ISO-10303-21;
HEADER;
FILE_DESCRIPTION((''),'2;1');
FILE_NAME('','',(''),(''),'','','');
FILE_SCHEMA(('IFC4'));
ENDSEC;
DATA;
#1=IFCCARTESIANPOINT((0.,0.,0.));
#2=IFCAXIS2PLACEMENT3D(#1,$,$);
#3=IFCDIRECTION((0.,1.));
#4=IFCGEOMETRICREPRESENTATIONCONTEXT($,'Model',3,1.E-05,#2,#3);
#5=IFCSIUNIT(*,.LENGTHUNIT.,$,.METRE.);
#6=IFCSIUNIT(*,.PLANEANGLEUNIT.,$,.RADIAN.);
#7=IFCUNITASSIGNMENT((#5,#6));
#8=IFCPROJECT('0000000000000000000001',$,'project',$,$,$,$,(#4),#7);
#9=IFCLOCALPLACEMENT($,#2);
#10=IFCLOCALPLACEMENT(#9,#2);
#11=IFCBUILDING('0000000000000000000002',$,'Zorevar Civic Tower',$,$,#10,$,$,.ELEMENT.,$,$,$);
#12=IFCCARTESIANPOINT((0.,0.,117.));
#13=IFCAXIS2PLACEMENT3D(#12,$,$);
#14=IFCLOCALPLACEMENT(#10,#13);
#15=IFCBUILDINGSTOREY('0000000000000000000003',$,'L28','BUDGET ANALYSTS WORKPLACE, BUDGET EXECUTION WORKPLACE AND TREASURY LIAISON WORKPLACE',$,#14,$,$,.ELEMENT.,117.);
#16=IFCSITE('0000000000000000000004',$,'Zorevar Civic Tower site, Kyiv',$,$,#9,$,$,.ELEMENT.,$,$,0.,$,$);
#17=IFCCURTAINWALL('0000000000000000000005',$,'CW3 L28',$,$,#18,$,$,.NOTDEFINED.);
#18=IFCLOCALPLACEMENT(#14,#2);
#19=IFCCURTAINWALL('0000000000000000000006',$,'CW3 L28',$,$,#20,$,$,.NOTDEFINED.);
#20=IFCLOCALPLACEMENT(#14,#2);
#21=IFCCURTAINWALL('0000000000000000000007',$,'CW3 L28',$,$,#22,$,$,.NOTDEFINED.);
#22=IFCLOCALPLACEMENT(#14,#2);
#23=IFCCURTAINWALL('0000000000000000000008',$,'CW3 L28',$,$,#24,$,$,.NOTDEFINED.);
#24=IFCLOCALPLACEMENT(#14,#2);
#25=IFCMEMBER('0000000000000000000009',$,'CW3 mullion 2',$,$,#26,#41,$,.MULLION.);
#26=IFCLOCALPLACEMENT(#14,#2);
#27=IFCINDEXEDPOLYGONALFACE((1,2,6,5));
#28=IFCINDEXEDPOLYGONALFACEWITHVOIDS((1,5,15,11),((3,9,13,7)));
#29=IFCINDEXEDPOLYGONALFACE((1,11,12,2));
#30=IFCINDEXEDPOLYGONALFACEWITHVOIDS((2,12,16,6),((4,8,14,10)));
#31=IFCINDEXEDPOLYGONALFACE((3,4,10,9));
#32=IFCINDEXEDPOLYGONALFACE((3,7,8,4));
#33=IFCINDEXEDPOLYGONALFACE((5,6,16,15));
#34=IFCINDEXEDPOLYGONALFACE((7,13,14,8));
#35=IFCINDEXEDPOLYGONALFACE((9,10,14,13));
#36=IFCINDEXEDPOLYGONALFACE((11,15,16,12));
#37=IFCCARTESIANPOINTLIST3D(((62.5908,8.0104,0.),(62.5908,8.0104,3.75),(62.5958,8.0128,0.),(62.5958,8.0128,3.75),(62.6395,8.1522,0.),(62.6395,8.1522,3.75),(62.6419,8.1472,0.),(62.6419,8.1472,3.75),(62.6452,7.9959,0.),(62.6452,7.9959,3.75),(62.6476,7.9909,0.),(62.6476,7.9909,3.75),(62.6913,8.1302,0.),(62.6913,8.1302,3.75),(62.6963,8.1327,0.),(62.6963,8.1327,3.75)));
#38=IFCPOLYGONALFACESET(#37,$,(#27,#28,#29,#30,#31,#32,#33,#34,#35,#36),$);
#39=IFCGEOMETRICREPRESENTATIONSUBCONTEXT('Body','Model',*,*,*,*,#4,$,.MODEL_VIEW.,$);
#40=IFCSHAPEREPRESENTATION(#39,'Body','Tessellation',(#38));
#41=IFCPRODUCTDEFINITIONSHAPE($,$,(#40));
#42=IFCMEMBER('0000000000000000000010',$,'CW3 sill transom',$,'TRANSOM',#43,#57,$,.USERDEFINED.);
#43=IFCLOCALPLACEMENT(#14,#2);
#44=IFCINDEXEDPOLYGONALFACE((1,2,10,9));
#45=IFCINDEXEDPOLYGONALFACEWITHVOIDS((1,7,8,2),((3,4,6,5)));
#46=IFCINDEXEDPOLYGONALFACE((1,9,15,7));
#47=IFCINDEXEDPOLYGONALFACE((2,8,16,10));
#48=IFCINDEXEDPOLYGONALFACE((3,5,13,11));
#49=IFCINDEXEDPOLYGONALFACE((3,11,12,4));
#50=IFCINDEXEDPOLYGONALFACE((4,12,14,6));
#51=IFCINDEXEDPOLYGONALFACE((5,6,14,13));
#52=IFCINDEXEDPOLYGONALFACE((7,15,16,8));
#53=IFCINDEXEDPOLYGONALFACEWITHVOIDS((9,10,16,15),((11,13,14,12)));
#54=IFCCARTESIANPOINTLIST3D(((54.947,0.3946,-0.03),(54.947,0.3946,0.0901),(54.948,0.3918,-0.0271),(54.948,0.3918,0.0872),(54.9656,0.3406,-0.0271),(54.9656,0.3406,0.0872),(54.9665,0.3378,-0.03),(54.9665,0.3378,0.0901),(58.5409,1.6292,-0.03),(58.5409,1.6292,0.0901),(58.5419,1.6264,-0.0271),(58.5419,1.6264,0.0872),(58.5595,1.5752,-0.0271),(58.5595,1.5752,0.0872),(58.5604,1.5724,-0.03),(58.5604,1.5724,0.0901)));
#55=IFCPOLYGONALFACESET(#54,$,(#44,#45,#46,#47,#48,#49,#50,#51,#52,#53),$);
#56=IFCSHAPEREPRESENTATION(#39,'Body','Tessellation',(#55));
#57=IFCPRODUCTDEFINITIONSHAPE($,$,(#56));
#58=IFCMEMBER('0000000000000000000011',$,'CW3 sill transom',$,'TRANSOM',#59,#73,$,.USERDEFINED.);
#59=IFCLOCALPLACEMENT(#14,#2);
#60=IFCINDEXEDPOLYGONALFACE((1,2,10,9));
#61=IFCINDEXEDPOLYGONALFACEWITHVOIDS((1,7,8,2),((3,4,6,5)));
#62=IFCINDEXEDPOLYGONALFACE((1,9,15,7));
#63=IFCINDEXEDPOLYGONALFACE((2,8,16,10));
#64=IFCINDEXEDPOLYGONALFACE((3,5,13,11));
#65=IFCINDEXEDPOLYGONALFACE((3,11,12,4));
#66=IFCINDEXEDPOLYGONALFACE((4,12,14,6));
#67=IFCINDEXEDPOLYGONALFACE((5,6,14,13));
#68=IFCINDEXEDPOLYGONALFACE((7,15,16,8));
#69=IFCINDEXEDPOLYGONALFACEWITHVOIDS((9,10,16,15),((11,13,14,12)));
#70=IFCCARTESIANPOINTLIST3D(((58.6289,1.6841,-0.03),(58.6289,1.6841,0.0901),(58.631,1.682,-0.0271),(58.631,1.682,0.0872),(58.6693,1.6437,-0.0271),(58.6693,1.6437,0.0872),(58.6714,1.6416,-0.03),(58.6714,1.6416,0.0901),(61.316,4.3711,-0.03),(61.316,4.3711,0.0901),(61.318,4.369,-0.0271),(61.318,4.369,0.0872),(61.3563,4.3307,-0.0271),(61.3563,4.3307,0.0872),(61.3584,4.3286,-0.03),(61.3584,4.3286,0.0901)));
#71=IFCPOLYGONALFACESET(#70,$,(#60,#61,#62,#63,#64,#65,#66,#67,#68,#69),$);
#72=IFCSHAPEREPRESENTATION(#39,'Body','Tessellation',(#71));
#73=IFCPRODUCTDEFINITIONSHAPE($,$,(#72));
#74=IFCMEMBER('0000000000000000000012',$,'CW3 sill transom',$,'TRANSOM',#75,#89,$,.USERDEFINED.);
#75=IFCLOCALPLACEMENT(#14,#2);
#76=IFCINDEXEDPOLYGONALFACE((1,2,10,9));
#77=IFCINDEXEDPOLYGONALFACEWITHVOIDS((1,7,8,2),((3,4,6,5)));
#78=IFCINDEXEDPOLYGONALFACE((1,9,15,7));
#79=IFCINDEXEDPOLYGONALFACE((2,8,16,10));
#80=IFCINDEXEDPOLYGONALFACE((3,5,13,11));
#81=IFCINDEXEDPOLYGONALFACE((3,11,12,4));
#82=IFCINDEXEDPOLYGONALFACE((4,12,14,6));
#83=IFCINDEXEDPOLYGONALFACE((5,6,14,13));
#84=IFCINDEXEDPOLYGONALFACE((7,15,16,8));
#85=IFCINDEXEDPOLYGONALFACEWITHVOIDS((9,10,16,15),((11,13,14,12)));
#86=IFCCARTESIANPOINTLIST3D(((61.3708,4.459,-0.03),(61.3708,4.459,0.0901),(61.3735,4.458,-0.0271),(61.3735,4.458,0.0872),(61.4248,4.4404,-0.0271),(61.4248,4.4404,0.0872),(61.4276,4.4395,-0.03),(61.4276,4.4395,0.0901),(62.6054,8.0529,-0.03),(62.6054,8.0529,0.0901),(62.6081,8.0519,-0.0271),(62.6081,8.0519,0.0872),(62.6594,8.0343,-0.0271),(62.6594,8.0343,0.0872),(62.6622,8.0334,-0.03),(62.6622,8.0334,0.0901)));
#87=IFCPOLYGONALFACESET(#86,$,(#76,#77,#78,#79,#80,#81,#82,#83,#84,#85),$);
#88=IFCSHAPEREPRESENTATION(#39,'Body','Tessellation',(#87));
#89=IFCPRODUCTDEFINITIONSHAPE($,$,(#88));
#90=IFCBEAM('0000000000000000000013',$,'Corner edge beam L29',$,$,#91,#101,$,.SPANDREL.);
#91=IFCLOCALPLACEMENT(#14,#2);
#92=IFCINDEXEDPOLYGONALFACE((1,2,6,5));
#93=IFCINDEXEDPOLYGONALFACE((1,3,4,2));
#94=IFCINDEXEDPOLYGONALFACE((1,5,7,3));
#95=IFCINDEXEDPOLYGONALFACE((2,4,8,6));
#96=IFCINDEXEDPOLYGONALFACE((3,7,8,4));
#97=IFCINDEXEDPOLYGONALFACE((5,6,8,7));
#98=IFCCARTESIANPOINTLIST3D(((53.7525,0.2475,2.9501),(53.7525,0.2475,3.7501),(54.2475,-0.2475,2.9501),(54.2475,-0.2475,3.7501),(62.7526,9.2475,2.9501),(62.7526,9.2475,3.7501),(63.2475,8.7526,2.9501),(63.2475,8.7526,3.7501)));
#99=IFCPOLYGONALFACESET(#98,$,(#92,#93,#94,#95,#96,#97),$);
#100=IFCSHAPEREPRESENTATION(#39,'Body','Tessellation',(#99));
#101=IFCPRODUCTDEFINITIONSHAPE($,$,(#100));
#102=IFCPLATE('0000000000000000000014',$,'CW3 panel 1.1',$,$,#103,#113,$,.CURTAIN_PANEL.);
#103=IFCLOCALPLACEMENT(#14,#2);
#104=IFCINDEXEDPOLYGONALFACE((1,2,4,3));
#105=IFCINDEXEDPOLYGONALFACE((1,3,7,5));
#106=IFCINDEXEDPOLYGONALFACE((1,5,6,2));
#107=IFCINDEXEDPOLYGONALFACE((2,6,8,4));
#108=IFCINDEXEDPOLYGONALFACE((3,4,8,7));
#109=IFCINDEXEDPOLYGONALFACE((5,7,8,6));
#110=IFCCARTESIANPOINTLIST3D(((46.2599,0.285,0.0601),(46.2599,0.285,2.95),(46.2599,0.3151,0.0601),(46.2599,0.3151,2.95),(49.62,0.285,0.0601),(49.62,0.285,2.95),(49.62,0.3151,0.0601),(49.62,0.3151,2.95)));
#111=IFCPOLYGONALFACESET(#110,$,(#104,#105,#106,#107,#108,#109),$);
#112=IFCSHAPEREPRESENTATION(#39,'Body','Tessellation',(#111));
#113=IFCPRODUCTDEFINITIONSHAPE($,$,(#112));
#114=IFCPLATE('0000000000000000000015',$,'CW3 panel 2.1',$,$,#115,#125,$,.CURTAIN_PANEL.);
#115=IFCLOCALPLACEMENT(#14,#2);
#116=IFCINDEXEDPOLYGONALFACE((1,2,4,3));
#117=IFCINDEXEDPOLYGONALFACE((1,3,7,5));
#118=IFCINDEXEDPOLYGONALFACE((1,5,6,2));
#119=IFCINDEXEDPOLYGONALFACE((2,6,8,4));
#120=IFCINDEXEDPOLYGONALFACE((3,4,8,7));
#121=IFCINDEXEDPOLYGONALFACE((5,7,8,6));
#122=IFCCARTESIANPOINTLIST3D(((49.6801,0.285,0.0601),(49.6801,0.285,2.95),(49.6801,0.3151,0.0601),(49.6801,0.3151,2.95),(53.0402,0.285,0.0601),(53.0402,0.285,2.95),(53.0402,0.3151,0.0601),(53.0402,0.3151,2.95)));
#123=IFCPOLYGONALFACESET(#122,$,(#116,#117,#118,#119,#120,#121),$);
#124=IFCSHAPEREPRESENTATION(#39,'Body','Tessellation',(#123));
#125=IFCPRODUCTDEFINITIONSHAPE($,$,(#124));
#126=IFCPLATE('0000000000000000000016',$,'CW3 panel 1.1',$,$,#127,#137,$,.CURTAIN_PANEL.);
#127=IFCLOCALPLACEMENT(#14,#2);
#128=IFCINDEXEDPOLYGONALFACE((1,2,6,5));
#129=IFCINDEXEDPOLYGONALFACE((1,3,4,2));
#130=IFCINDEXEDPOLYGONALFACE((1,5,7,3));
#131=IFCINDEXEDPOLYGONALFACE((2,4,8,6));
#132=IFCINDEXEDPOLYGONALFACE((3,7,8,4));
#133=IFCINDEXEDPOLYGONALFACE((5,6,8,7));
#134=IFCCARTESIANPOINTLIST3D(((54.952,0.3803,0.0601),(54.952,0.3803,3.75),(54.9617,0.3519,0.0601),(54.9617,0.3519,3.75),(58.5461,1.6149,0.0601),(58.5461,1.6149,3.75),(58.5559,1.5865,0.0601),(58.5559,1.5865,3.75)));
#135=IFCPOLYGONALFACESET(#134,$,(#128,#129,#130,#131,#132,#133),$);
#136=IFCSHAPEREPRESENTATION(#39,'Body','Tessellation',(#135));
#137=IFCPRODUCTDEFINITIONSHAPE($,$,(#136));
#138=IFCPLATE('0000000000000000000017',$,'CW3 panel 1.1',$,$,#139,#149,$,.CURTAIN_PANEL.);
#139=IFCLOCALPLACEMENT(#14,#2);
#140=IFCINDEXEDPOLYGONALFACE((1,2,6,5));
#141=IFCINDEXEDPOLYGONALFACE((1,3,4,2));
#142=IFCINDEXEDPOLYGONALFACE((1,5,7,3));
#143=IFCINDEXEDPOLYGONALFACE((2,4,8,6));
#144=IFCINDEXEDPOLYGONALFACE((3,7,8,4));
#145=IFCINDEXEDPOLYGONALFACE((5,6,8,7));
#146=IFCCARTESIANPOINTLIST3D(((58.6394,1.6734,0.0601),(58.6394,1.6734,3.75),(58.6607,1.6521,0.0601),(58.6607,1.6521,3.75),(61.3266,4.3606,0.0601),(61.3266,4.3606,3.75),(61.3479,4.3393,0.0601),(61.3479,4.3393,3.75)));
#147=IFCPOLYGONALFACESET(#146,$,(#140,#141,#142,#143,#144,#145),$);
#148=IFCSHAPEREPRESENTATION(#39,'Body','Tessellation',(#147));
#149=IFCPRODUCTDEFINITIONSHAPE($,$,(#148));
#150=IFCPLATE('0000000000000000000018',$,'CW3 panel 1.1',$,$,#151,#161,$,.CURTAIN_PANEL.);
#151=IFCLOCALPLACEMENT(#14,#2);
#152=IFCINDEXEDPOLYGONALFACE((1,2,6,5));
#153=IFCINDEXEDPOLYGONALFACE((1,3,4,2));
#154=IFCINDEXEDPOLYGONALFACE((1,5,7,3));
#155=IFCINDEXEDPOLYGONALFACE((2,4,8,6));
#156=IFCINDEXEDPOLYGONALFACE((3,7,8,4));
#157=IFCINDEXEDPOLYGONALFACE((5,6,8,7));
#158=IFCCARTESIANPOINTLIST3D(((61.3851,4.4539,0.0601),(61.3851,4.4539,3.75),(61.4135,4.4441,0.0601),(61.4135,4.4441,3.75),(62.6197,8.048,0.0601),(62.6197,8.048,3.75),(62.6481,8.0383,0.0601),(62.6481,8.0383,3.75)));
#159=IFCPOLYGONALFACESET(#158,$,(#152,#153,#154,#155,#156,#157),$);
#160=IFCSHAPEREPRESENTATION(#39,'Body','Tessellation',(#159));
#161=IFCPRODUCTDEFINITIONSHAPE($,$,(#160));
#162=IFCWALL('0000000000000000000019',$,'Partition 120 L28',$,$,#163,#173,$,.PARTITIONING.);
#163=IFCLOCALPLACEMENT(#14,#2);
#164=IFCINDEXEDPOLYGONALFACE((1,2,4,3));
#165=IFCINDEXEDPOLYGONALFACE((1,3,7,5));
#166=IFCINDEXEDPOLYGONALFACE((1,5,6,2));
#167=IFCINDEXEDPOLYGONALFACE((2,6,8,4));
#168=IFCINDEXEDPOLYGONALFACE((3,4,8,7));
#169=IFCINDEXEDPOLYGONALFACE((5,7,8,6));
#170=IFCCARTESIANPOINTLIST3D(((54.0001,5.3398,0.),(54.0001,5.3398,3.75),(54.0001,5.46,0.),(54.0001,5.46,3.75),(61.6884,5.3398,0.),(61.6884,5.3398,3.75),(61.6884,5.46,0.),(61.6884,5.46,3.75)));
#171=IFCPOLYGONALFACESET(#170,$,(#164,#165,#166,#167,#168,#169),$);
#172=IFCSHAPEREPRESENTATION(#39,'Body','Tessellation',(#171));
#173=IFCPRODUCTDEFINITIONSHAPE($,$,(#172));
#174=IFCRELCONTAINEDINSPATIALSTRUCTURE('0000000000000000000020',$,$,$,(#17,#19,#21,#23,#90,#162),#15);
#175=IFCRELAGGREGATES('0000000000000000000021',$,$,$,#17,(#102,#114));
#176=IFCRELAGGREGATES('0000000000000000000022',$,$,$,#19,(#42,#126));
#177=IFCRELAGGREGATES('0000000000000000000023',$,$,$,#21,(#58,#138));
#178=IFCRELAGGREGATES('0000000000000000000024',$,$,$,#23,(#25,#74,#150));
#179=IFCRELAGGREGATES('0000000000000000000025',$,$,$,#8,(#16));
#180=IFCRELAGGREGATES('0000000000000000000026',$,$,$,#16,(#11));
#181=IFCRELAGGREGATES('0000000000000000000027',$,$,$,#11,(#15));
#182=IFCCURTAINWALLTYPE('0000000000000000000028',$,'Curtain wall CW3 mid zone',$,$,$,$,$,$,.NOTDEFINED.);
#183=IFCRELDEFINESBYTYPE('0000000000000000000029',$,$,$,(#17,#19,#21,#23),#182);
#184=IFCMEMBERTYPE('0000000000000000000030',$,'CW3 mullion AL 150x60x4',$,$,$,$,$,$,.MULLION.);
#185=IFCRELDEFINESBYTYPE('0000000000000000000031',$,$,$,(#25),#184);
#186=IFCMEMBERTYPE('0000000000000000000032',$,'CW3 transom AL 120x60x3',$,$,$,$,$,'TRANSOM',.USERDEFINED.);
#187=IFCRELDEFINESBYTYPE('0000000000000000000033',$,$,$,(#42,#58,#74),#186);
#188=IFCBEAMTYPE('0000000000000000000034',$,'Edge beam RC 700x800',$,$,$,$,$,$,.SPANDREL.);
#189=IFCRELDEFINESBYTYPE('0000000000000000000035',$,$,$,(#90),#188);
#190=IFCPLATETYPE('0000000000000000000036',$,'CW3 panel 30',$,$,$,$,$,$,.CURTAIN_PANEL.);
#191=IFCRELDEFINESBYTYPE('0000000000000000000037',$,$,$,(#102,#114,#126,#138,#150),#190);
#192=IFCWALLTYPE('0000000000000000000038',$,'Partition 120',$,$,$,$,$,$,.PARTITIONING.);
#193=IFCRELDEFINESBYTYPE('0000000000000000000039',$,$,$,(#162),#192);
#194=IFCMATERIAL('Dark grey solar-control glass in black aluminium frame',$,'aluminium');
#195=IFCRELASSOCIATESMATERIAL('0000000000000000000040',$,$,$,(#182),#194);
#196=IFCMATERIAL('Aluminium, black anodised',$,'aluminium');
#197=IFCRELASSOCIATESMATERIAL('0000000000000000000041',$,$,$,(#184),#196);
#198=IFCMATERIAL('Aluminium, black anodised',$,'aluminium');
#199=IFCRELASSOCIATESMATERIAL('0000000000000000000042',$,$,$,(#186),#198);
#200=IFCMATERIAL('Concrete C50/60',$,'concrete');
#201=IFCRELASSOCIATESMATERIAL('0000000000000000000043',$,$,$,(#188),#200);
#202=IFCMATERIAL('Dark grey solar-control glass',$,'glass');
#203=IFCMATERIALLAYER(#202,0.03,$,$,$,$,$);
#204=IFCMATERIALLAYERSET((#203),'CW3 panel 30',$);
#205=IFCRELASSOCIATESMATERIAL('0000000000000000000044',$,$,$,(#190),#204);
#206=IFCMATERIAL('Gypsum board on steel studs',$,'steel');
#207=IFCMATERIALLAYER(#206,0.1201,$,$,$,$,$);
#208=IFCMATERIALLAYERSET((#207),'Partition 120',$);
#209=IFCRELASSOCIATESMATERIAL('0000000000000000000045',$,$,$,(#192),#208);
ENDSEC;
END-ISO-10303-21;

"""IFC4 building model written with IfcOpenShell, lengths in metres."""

from ifc_helpers import new_model, si_unit, direction, frame, frame_2d, origin, origin_2d, place, context, subcontext, project, spatial, rectangle, hollow_rectangle, extrude, material, layer, layer_set, material_profile, profile_set, type_object, element, aggregate, save


model = new_model("IFC4")

# Units and contexts
model_context = context("Model", 3, precision=1e-05, world=origin(), true_north=direction((0.0, 1.0)))
body_context = subcontext(model_context, "Body", "Model", "MODEL_VIEW")
ifc_project = project(units=[si_unit("LENGTHUNIT", "METRE"), si_unit("PLANEANGLEUNIT", "RADIAN")], contexts=[model_context])

# Site, building, storey
site_placement = place(None, origin())
site = spatial("IfcSite", under=ifc_project, at=site_placement, Name="Zorevar Civic Tower site, Kyiv", CompositionType="ELEMENT", RefElevation=0.0)
building_placement = place(site_placement, origin())
building = spatial("IfcBuilding", under=site, at=building_placement, Name="Zorevar Civic Tower", CompositionType="ELEMENT")
storey_placement = place(building_placement, frame((0.0, 0.0, 117.0)))
storey = spatial("IfcBuildingStorey", under=building, at=storey_placement, Name="L28", Description="BUDGET ANALYSTS WORKPLACE, BUDGET EXECUTION WORKPLACE AND TREASURY LIAISON WORKPLACE", CompositionType="ELEMENT", Elevation=117.0)

# Curtain walls, member
ifc_material_1 = material(Name="Dark grey solar-control glass in black aluminium frame", Category="aluminium")
curtain_wall_type = type_object("IfcCurtainWallType", Name="Curtain wall CW3 mid zone", PredefinedType="NOTDEFINED", material=ifc_material_1)
curtain_wall_1_placement = place(storey_placement, origin())
curtain_wall_1 = element("IfcCurtainWall", 1, at=curtain_wall_1_placement, inside=storey, type_object=curtain_wall_type, Name="CW3 L28", PredefinedType="NOTDEFINED")
ifc_material_2 = material(Name="Aluminium, black anodised", Category="aluminium")
ifc_material_profile_1 = material_profile(ifc_material_2, hollow_rectangle(XDim=0.0601, YDim=0.1499, WallThickness=0.0039, at=origin_2d()), Name="AL 150x60x4")
ifc_profile_set_1 = profile_set([ifc_material_profile_1], Name="Aluminium, black anodised")
member_type_1 = type_object("IfcMemberType", Name="CW3 mullion AL 150x60x4", PredefinedType="MULLION", material=ifc_profile_set_1)
curtain_wall_2_placement = place(storey_placement, origin())
curtain_wall_2 = element("IfcCurtainWall", 2, at=curtain_wall_2_placement, inside=storey, type_object=curtain_wall_type, Name="CW3 L28", PredefinedType="NOTDEFINED")
curtain_wall_3_placement = place(storey_placement, origin())
curtain_wall_3 = element("IfcCurtainWall", 3, at=curtain_wall_3_placement, inside=storey, type_object=curtain_wall_type, Name="CW3 L28", PredefinedType="NOTDEFINED")
curtain_wall_4_placement = place(storey_placement, origin())
curtain_wall_4 = element("IfcCurtainWall", 4, at=curtain_wall_4_placement, inside=storey, type_object=curtain_wall_type, Name="CW3 L28", PredefinedType="NOTDEFINED")
member_1_placement = place(storey_placement, frame((62.6436, 8.0715, 0.0), z_axis=(0.0, 0.0, 1.0), x_axis=(-0.945756, 0.324878, 0.0)))
member_1 = element("IfcMember", 5, at=member_1_placement, type_object=member_type_1, Name="CW3 mullion 2", PredefinedType="MULLION", context=body_context, shape_type="SweptSolid", body=[
    extrude(hollow_rectangle(XDim=0.0601, YDim=0.1499, WallThickness=0.0039, at=origin_2d()), origin(), (0.0, 0.0, 1.0), 3.75),
])

# Members
ifc_material_3 = material(Name="Aluminium, black anodised", Category="aluminium")
ifc_material_profile_2 = material_profile(ifc_material_3, hollow_rectangle(XDim=0.0601, YDim=0.1201, WallThickness=0.0029, at=origin_2d()), Name="AL 120x60x3")
ifc_profile_set_2 = profile_set([ifc_material_profile_2], Name="Aluminium, black anodised")
member_type_2 = type_object("IfcMemberType", Name="CW3 transom AL 120x60x3", ElementType="TRANSOM", PredefinedType="USERDEFINED", material=ifc_profile_set_2)
member_2_placement = place(storey_placement, frame((54.9568, 0.3662, 0.03), z_axis=(0.945753, 0.324888, 0.0), x_axis=(-0.324888, 0.945753, 0.0)))
member_2 = element("IfcMember", 6, at=member_2_placement, type_object=member_type_2, Name="CW3 sill transom", ObjectType="TRANSOM", PredefinedType="USERDEFINED", context=body_context, shape_type="SweptSolid", body=[
    extrude(hollow_rectangle(XDim=0.0601, YDim=0.1201, WallThickness=0.0029, at=origin_2d()), origin(), (0.0, 0.0, 1.0), 3.8),
])
member_3_placement = place(storey_placement, frame((58.6501, 1.6628, 0.03), z_axis=(0.707107, 0.707107, 0.0), x_axis=(-0.707107, 0.707107, 0.0)))
member_3 = element("IfcMember", 7, at=member_3_placement, type_object=member_type_2, Name="CW3 sill transom", ObjectType="TRANSOM", PredefinedType="USERDEFINED", context=body_context, shape_type="SweptSolid", body=[
    extrude(hollow_rectangle(XDim=0.0601, YDim=0.1201, WallThickness=0.0029, at=origin_2d()), origin(), (0.0, 0.0, 1.0), 3.8),
])
member_4_placement = place(storey_placement, frame((61.3992, 4.4492, 0.03), z_axis=(0.324888, 0.945753, 0.0), x_axis=(-0.945753, 0.324888, 0.0)))
member_4 = element("IfcMember", 8, at=member_4_placement, type_object=member_type_2, Name="CW3 sill transom", ObjectType="TRANSOM", PredefinedType="USERDEFINED", context=body_context, shape_type="SweptSolid", body=[
    extrude(hollow_rectangle(XDim=0.0601, YDim=0.1201, WallThickness=0.0029, at=origin_2d()), origin(), (0.0, 0.0, 1.0), 3.8),
])

# Beam
ifc_material_4 = material(Name="Concrete C50/60", Category="concrete")
ifc_material_profile_3 = material_profile(ifc_material_4, rectangle(XDim=0.7, YDim=0.8, at=origin_2d()), Name="RC 700x800")
ifc_profile_set_3 = profile_set([ifc_material_profile_3], Name="Concrete C50/60")
beam_type_1 = type_object("IfcBeamType", Name="Edge beam RC 700x800", PredefinedType="SPANDREL", material=ifc_profile_set_3)
beam_1_placement = place(storey_placement, frame((54.0, 0.0, 3.3501), z_axis=(0.707107, 0.707107, 0.0), x_axis=(-0.707107, 0.707107, 0.0)))
element("IfcBeam", 9, at=beam_1_placement, inside=storey, type_object=beam_type_1, Name="Corner edge beam L29", PredefinedType="SPANDREL", context=body_context, shape_type="SweptSolid", body=[
    extrude(rectangle(XDim=0.7, YDim=0.8, at=origin_2d()), origin(), (0.0, 0.0, 1.0), 12.728),
])

# Plates
ifc_material_5 = material(Name="Dark grey solar-control glass", Category="glass")
ifc_layer_1 = layer(ifc_material_5, 0.03)
ifc_layer_set_1 = layer_set([ifc_layer_1], Name="CW3 panel 30")
plate_type = type_object("IfcPlateType", Name="CW3 panel 30", PredefinedType="CURTAIN_PANEL", material=ifc_layer_set_1)
plate_1_placement = place(storey_placement, frame((47.9399, 0.3, 0.0601), z_axis=(0.0, 0.0, 1.0), x_axis=(1.0, 0.0, 0.0)))
plate_1 = element("IfcPlate", 10, at=plate_1_placement, type_object=plate_type, Name="CW3 panel 1.1", PredefinedType="CURTAIN_PANEL", context=body_context, shape_type="SweptSolid", body=[
    extrude(rectangle(XDim=3.3601, YDim=0.03, at=origin_2d()), origin(), (0.0, 0.0, 1.0), 2.8899),
])
plate_2_placement = place(storey_placement, frame((51.3601, 0.3, 0.0601), z_axis=(0.0, 0.0, 1.0), x_axis=(1.0, 0.0, 0.0)))
plate_2 = element("IfcPlate", 11, at=plate_2_placement, type_object=plate_type, Name="CW3 panel 2.1", PredefinedType="CURTAIN_PANEL", context=body_context, shape_type="SweptSolid", body=[
    extrude(rectangle(XDim=3.3601, YDim=0.03, at=origin_2d()), origin(), (0.0, 0.0, 1.0), 2.8899),
])
aggregate(curtain_wall_1, [plate_1, plate_2])
plate_3_placement = place(storey_placement, frame((56.7539, 0.9834, 0.0601), z_axis=(0.0, 0.0, 1.0), x_axis=(0.945756, 0.324878, 0.0)))
plate_3 = element("IfcPlate", 12, at=plate_3_placement, type_object=plate_type, Name="CW3 panel 1.1", PredefinedType="CURTAIN_PANEL", context=body_context, shape_type="SweptSolid", body=[
    extrude(rectangle(XDim=3.8003, YDim=0.03, at=origin_2d()), origin(), (0.0, 0.0, 1.0), 3.6899),
])
aggregate(curtain_wall_2, [member_2, plate_3])
plate_4_placement = place(storey_placement, frame((59.9937, 3.0063, 0.0601), z_axis=(0.0, 0.0, 1.0), x_axis=(0.707107, 0.707107, 0.0)))
plate_4 = element("IfcPlate", 13, at=plate_4_placement, type_object=plate_type, Name="CW3 panel 1.1", PredefinedType="CURTAIN_PANEL", context=body_context, shape_type="SweptSolid", body=[
    extrude(rectangle(XDim=3.8003, YDim=0.03, at=origin_2d()), origin(), (0.0, 0.0, 1.0), 3.6899),
])
aggregate(curtain_wall_3, [member_3, plate_4])
plate_5_placement = place(storey_placement, frame((62.0166, 6.2461, 0.0601), z_axis=(0.0, 0.0, 1.0), x_axis=(0.324878, 0.945756, 0.0)))
plate_5 = element("IfcPlate", 14, at=plate_5_placement, type_object=plate_type, Name="CW3 panel 1.1", PredefinedType="CURTAIN_PANEL", context=body_context, shape_type="SweptSolid", body=[
    extrude(rectangle(XDim=3.8003, YDim=0.03, at=origin_2d()), origin(), (0.0, 0.0, 1.0), 3.6899),
])
aggregate(curtain_wall_4, [member_1, member_4, plate_5])

# Wall
ifc_material_6 = material(Name="Gypsum board on steel studs", Category="steel")
ifc_layer_2 = layer(ifc_material_6, 0.1201)
ifc_layer_set_2 = layer_set([ifc_layer_2], Name="Partition 120")
wall_type = type_object("IfcWallType", Name="Partition 120", PredefinedType="PARTITIONING", material=ifc_layer_set_2)
wall_1_placement = place(storey_placement, frame((54.0, 5.3999, 0.0), z_axis=(0.0, 0.0, 1.0), x_axis=(1.0, 0.0, 0.0)))
element("IfcWall", 15, at=wall_1_placement, inside=storey, type_object=wall_type, Name="Partition 120 L28", PredefinedType="PARTITIONING", context=body_context, shape_type="SweptSolid", body=[
    extrude(rectangle(XDim=7.6882, YDim=0.1201, at=frame_2d((3.8442, 0.0))), origin(), (0.0, 0.0, 1.0), 3.75),
])

save(model, "model.ifc")
